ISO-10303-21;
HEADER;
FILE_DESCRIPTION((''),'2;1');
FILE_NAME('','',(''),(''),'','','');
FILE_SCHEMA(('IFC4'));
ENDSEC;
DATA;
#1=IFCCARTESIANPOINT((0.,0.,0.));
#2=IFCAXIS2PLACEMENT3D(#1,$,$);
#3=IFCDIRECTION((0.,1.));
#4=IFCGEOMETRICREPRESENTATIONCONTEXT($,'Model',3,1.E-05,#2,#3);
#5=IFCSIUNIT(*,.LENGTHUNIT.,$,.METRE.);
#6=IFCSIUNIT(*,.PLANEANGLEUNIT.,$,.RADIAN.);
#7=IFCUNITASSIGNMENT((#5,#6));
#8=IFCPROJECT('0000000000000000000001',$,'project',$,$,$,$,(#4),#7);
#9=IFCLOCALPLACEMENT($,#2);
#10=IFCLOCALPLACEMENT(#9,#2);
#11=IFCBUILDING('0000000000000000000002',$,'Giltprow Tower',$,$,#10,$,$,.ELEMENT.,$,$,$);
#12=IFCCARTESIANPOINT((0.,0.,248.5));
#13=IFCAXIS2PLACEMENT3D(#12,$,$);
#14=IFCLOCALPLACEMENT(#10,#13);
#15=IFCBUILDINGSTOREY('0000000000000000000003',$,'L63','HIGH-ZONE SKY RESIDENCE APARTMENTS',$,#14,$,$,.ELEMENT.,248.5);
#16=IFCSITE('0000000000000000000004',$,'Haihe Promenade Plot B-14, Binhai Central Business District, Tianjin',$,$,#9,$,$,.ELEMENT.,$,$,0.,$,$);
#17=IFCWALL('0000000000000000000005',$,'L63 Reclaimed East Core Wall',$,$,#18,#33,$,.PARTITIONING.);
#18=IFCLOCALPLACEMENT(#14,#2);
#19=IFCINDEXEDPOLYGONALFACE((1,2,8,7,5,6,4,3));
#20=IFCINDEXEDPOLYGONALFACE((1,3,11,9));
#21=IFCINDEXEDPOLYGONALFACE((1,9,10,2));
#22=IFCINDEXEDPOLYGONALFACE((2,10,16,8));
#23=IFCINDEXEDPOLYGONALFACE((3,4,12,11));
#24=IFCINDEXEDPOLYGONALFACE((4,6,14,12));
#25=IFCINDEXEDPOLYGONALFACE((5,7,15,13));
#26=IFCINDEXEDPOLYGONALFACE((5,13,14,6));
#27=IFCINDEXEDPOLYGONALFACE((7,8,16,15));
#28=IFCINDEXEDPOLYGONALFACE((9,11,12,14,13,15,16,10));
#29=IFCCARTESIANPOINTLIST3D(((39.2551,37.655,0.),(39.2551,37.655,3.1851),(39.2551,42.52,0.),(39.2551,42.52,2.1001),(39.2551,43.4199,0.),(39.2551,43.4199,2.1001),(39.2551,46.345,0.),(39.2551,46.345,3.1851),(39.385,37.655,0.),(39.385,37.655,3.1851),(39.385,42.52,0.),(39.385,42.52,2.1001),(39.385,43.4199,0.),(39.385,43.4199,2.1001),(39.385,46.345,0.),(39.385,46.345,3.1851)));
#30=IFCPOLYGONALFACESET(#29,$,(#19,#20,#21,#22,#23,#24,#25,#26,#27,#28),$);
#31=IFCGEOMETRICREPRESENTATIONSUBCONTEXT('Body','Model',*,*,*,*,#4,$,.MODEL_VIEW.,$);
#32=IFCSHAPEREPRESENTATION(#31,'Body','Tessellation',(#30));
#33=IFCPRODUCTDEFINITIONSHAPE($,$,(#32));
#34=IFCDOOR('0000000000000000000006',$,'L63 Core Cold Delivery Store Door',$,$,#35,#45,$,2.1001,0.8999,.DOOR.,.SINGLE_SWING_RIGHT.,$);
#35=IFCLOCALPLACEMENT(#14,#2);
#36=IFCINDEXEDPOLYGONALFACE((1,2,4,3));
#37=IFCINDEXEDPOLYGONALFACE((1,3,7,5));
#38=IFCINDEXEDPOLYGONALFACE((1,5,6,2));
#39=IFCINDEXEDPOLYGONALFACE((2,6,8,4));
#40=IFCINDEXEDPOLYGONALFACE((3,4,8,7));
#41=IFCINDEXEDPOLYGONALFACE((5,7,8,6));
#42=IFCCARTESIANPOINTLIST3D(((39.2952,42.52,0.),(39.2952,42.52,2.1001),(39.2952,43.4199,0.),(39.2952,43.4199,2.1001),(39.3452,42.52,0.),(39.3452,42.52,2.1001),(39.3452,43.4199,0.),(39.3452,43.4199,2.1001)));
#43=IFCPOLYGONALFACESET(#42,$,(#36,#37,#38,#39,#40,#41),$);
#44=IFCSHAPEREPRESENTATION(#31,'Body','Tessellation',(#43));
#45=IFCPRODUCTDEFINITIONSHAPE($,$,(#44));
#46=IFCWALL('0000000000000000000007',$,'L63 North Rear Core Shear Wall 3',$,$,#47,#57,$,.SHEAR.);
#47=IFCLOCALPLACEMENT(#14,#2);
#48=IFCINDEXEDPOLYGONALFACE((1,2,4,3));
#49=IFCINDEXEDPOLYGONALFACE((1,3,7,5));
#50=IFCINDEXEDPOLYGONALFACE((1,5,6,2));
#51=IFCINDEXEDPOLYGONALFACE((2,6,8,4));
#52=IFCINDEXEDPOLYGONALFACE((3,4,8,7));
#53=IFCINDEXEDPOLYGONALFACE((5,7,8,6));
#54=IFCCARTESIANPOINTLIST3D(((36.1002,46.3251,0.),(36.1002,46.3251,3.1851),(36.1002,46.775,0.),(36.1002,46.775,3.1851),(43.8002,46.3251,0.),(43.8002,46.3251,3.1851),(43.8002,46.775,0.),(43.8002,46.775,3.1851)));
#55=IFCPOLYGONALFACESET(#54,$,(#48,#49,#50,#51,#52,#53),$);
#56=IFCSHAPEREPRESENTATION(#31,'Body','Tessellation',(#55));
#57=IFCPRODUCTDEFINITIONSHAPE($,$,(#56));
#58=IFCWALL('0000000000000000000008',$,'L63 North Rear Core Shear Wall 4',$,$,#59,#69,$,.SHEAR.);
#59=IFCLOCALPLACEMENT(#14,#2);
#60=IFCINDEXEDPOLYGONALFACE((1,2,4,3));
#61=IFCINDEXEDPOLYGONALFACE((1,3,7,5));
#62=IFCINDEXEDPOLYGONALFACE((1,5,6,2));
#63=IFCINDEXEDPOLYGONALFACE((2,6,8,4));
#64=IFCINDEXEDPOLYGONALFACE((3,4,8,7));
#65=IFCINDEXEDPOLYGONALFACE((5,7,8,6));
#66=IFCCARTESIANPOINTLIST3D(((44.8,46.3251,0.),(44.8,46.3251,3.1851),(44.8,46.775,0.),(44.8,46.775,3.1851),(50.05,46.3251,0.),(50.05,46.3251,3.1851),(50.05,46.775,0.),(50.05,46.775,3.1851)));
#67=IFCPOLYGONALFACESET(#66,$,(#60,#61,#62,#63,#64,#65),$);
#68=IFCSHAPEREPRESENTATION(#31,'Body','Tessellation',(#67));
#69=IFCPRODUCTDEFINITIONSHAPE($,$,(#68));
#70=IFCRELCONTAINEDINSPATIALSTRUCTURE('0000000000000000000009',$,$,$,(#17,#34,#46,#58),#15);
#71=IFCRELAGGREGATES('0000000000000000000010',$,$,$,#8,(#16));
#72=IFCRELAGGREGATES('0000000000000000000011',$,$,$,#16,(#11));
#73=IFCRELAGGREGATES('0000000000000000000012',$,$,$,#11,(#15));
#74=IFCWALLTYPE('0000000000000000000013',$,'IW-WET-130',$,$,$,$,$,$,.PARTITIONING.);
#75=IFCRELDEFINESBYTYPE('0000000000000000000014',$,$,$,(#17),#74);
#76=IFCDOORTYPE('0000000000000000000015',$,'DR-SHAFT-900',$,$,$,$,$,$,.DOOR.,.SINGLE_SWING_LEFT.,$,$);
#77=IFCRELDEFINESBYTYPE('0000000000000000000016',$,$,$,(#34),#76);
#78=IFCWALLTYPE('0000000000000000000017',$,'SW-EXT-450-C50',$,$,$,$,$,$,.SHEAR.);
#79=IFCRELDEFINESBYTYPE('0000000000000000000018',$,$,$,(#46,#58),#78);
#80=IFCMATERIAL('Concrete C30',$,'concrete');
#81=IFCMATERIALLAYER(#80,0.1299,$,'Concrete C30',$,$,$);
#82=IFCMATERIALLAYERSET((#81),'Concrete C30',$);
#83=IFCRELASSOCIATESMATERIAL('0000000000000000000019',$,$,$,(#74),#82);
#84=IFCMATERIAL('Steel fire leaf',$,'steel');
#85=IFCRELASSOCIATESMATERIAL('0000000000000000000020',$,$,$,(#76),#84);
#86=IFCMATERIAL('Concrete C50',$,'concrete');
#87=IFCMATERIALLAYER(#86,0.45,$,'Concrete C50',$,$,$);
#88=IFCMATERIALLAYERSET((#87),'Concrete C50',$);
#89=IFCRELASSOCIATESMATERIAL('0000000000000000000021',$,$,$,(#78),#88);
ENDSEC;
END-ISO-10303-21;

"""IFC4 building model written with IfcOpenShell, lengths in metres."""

from ifc_helpers import new_model, si_unit, direction, frame, frame_2d, origin, place, context, subcontext, project, spatial, rectangle, extrude, source, transform, mapped, material, layer, layer_set, type_object, element, fill, save


model = new_model("IFC4")

# Units and contexts
model_context = context("Model", 3, precision=1e-05, world=origin(), true_north=direction((0.0, 1.0)))
body_context = subcontext(model_context, "Body", "Model", "MODEL_VIEW")
ifc_project = project(units=[si_unit("LENGTHUNIT", "METRE"), si_unit("PLANEANGLEUNIT", "RADIAN")], contexts=[model_context])

# Site, building, storey
site_placement = place(None, origin())
site = spatial("IfcSite", under=ifc_project, at=site_placement, Name="Haihe Promenade Plot B-14, Binhai Central Business District, Tianjin", CompositionType="ELEMENT", RefElevation=0.0)
building_placement = place(site_placement, origin())
building = spatial("IfcBuilding", under=site, at=building_placement, Name="Giltprow Tower", CompositionType="ELEMENT")
storey_placement = place(building_placement, frame((0.0, 0.0, 248.5)))
storey = spatial("IfcBuildingStorey", under=building, at=storey_placement, Name="L63", Description="HIGH-ZONE SKY RESIDENCE APARTMENTS", CompositionType="ELEMENT", Elevation=248.5)

# Shared definitions
ifc_material_1 = material(Name="Concrete C50", Category="concrete")

# Shared definitions
ifc_material_2 = material(Name="Concrete C30", Category="concrete")
ifc_layer_1 = layer(ifc_material_2, 0.1299, Name="Concrete C30")
ifc_layer_set_1 = layer_set([ifc_layer_1], Name="Concrete C30")
wall_type_1 = type_object("IfcWallType", Name="IW-WET-130", PredefinedType="PARTITIONING", material=ifc_layer_set_1)

# Wall, opening, door
wall_1_placement = place(storey_placement, frame((39.3201, 37.655, 0.0), z_axis=(0.0, 0.0, 1.0), x_axis=(0.0, 1.0, 0.0)))
wall_1 = element("IfcWall", 1, at=wall_1_placement, inside=storey, type_object=wall_type_1, Name="L63 Reclaimed East Core Wall", PredefinedType="PARTITIONING", context=body_context, shape_type="SweptSolid", body=[
    extrude(rectangle(XDim=8.6899, YDim=0.1299, at=frame_2d((4.345, 0.0))), origin(), (0.0, 0.0, 1.0), 3.1851),
])
opening_1_placement = place(wall_1_placement, frame((4.865, 0.0, 0.0)))
opening_1 = element("IfcOpeningElement", 2, at=opening_1_placement, cuts=wall_1, PredefinedType="OPENING", context=body_context, shape_type="SweptSolid", body=[
    extrude(rectangle(XDim=0.8999, YDim=2.1001, at=frame_2d((0.45, 1.05))), frame((0.0, 0.075, 0.0), z_axis=(0.0, -1.0, 0.0), x_axis=(1.0, 0.0, 0.0)), (0.0, 0.0, 1.0), 0.1499),
])
ifc_material_3 = material(Name="Steel fire leaf", Category="steel")
door_type_1 = type_object("IfcDoorType", Name="DR-SHAFT-900", OperationType="SINGLE_SWING_LEFT", PredefinedType="DOOR", material=ifc_material_3)
shared_shape_1 = source(origin(), body_context, "Body", "SweptSolid", [
    extrude(rectangle(XDim=0.8999, YDim=2.1001, at=frame_2d((0.45, 1.05))), frame((0.0, 0.0249, 0.0), z_axis=(0.0, -1.0, 0.0), x_axis=(1.0, 0.0, 0.0)), (0.0, 0.0, 1.0), 0.05),
])
door_1_placement = place(opening_1_placement, origin())
door_1 = element("IfcDoor", 3, at=door_1_placement, inside=storey, type_object=door_type_1, Name="L63 Core Cold Delivery Store Door", OperationType="SINGLE_SWING_RIGHT", OverallHeight=2.1001, OverallWidth=0.8999, PredefinedType="DOOR", context=body_context, shape_type="MappedRepresentation", body=[
    mapped(shared_shape_1, transform((0.0, 0.0, 0.0), x_axis=(1.0, 0.0, 0.0), y_axis=(0.0, 1.0, 0.0), z_axis=(0.0, 0.0, 1.0), scale=1.0)),
])
fill(opening_1, door_1)

# Walls
ifc_layer_2 = layer(ifc_material_1, 0.45, Name="Concrete C50")
ifc_layer_set_2 = layer_set([ifc_layer_2], Name="Concrete C50")
wall_type_2 = type_object("IfcWallType", Name="SW-EXT-450-C50", PredefinedType="SHEAR", material=ifc_layer_set_2)
wall_2_placement = place(storey_placement, frame((36.1001, 46.55, 0.0), z_axis=(0.0, 0.0, 1.0), x_axis=(1.0, 0.0, 0.0)))
element("IfcWall", 4, at=wall_2_placement, inside=storey, type_object=wall_type_2, Name="L63 North Rear Core Shear Wall 3", PredefinedType="SHEAR", context=body_context, shape_type="SweptSolid", body=[
    extrude(rectangle(XDim=7.7, YDim=0.45, at=frame_2d((3.8501, 0.0))), origin(), (0.0, 0.0, 1.0), 3.1851),
])
wall_3_placement = place(storey_placement, frame((44.8, 46.55, 0.0), z_axis=(0.0, 0.0, 1.0), x_axis=(1.0, 0.0, 0.0)))
element("IfcWall", 5, at=wall_3_placement, inside=storey, type_object=wall_type_2, Name="L63 North Rear Core Shear Wall 4", PredefinedType="SHEAR", context=body_context, shape_type="SweptSolid", body=[
    extrude(rectangle(XDim=5.25, YDim=0.45, at=frame_2d((2.625, 0.0))), origin(), (0.0, 0.0, 1.0), 3.1851),
])

save(model, "model.ifc")
